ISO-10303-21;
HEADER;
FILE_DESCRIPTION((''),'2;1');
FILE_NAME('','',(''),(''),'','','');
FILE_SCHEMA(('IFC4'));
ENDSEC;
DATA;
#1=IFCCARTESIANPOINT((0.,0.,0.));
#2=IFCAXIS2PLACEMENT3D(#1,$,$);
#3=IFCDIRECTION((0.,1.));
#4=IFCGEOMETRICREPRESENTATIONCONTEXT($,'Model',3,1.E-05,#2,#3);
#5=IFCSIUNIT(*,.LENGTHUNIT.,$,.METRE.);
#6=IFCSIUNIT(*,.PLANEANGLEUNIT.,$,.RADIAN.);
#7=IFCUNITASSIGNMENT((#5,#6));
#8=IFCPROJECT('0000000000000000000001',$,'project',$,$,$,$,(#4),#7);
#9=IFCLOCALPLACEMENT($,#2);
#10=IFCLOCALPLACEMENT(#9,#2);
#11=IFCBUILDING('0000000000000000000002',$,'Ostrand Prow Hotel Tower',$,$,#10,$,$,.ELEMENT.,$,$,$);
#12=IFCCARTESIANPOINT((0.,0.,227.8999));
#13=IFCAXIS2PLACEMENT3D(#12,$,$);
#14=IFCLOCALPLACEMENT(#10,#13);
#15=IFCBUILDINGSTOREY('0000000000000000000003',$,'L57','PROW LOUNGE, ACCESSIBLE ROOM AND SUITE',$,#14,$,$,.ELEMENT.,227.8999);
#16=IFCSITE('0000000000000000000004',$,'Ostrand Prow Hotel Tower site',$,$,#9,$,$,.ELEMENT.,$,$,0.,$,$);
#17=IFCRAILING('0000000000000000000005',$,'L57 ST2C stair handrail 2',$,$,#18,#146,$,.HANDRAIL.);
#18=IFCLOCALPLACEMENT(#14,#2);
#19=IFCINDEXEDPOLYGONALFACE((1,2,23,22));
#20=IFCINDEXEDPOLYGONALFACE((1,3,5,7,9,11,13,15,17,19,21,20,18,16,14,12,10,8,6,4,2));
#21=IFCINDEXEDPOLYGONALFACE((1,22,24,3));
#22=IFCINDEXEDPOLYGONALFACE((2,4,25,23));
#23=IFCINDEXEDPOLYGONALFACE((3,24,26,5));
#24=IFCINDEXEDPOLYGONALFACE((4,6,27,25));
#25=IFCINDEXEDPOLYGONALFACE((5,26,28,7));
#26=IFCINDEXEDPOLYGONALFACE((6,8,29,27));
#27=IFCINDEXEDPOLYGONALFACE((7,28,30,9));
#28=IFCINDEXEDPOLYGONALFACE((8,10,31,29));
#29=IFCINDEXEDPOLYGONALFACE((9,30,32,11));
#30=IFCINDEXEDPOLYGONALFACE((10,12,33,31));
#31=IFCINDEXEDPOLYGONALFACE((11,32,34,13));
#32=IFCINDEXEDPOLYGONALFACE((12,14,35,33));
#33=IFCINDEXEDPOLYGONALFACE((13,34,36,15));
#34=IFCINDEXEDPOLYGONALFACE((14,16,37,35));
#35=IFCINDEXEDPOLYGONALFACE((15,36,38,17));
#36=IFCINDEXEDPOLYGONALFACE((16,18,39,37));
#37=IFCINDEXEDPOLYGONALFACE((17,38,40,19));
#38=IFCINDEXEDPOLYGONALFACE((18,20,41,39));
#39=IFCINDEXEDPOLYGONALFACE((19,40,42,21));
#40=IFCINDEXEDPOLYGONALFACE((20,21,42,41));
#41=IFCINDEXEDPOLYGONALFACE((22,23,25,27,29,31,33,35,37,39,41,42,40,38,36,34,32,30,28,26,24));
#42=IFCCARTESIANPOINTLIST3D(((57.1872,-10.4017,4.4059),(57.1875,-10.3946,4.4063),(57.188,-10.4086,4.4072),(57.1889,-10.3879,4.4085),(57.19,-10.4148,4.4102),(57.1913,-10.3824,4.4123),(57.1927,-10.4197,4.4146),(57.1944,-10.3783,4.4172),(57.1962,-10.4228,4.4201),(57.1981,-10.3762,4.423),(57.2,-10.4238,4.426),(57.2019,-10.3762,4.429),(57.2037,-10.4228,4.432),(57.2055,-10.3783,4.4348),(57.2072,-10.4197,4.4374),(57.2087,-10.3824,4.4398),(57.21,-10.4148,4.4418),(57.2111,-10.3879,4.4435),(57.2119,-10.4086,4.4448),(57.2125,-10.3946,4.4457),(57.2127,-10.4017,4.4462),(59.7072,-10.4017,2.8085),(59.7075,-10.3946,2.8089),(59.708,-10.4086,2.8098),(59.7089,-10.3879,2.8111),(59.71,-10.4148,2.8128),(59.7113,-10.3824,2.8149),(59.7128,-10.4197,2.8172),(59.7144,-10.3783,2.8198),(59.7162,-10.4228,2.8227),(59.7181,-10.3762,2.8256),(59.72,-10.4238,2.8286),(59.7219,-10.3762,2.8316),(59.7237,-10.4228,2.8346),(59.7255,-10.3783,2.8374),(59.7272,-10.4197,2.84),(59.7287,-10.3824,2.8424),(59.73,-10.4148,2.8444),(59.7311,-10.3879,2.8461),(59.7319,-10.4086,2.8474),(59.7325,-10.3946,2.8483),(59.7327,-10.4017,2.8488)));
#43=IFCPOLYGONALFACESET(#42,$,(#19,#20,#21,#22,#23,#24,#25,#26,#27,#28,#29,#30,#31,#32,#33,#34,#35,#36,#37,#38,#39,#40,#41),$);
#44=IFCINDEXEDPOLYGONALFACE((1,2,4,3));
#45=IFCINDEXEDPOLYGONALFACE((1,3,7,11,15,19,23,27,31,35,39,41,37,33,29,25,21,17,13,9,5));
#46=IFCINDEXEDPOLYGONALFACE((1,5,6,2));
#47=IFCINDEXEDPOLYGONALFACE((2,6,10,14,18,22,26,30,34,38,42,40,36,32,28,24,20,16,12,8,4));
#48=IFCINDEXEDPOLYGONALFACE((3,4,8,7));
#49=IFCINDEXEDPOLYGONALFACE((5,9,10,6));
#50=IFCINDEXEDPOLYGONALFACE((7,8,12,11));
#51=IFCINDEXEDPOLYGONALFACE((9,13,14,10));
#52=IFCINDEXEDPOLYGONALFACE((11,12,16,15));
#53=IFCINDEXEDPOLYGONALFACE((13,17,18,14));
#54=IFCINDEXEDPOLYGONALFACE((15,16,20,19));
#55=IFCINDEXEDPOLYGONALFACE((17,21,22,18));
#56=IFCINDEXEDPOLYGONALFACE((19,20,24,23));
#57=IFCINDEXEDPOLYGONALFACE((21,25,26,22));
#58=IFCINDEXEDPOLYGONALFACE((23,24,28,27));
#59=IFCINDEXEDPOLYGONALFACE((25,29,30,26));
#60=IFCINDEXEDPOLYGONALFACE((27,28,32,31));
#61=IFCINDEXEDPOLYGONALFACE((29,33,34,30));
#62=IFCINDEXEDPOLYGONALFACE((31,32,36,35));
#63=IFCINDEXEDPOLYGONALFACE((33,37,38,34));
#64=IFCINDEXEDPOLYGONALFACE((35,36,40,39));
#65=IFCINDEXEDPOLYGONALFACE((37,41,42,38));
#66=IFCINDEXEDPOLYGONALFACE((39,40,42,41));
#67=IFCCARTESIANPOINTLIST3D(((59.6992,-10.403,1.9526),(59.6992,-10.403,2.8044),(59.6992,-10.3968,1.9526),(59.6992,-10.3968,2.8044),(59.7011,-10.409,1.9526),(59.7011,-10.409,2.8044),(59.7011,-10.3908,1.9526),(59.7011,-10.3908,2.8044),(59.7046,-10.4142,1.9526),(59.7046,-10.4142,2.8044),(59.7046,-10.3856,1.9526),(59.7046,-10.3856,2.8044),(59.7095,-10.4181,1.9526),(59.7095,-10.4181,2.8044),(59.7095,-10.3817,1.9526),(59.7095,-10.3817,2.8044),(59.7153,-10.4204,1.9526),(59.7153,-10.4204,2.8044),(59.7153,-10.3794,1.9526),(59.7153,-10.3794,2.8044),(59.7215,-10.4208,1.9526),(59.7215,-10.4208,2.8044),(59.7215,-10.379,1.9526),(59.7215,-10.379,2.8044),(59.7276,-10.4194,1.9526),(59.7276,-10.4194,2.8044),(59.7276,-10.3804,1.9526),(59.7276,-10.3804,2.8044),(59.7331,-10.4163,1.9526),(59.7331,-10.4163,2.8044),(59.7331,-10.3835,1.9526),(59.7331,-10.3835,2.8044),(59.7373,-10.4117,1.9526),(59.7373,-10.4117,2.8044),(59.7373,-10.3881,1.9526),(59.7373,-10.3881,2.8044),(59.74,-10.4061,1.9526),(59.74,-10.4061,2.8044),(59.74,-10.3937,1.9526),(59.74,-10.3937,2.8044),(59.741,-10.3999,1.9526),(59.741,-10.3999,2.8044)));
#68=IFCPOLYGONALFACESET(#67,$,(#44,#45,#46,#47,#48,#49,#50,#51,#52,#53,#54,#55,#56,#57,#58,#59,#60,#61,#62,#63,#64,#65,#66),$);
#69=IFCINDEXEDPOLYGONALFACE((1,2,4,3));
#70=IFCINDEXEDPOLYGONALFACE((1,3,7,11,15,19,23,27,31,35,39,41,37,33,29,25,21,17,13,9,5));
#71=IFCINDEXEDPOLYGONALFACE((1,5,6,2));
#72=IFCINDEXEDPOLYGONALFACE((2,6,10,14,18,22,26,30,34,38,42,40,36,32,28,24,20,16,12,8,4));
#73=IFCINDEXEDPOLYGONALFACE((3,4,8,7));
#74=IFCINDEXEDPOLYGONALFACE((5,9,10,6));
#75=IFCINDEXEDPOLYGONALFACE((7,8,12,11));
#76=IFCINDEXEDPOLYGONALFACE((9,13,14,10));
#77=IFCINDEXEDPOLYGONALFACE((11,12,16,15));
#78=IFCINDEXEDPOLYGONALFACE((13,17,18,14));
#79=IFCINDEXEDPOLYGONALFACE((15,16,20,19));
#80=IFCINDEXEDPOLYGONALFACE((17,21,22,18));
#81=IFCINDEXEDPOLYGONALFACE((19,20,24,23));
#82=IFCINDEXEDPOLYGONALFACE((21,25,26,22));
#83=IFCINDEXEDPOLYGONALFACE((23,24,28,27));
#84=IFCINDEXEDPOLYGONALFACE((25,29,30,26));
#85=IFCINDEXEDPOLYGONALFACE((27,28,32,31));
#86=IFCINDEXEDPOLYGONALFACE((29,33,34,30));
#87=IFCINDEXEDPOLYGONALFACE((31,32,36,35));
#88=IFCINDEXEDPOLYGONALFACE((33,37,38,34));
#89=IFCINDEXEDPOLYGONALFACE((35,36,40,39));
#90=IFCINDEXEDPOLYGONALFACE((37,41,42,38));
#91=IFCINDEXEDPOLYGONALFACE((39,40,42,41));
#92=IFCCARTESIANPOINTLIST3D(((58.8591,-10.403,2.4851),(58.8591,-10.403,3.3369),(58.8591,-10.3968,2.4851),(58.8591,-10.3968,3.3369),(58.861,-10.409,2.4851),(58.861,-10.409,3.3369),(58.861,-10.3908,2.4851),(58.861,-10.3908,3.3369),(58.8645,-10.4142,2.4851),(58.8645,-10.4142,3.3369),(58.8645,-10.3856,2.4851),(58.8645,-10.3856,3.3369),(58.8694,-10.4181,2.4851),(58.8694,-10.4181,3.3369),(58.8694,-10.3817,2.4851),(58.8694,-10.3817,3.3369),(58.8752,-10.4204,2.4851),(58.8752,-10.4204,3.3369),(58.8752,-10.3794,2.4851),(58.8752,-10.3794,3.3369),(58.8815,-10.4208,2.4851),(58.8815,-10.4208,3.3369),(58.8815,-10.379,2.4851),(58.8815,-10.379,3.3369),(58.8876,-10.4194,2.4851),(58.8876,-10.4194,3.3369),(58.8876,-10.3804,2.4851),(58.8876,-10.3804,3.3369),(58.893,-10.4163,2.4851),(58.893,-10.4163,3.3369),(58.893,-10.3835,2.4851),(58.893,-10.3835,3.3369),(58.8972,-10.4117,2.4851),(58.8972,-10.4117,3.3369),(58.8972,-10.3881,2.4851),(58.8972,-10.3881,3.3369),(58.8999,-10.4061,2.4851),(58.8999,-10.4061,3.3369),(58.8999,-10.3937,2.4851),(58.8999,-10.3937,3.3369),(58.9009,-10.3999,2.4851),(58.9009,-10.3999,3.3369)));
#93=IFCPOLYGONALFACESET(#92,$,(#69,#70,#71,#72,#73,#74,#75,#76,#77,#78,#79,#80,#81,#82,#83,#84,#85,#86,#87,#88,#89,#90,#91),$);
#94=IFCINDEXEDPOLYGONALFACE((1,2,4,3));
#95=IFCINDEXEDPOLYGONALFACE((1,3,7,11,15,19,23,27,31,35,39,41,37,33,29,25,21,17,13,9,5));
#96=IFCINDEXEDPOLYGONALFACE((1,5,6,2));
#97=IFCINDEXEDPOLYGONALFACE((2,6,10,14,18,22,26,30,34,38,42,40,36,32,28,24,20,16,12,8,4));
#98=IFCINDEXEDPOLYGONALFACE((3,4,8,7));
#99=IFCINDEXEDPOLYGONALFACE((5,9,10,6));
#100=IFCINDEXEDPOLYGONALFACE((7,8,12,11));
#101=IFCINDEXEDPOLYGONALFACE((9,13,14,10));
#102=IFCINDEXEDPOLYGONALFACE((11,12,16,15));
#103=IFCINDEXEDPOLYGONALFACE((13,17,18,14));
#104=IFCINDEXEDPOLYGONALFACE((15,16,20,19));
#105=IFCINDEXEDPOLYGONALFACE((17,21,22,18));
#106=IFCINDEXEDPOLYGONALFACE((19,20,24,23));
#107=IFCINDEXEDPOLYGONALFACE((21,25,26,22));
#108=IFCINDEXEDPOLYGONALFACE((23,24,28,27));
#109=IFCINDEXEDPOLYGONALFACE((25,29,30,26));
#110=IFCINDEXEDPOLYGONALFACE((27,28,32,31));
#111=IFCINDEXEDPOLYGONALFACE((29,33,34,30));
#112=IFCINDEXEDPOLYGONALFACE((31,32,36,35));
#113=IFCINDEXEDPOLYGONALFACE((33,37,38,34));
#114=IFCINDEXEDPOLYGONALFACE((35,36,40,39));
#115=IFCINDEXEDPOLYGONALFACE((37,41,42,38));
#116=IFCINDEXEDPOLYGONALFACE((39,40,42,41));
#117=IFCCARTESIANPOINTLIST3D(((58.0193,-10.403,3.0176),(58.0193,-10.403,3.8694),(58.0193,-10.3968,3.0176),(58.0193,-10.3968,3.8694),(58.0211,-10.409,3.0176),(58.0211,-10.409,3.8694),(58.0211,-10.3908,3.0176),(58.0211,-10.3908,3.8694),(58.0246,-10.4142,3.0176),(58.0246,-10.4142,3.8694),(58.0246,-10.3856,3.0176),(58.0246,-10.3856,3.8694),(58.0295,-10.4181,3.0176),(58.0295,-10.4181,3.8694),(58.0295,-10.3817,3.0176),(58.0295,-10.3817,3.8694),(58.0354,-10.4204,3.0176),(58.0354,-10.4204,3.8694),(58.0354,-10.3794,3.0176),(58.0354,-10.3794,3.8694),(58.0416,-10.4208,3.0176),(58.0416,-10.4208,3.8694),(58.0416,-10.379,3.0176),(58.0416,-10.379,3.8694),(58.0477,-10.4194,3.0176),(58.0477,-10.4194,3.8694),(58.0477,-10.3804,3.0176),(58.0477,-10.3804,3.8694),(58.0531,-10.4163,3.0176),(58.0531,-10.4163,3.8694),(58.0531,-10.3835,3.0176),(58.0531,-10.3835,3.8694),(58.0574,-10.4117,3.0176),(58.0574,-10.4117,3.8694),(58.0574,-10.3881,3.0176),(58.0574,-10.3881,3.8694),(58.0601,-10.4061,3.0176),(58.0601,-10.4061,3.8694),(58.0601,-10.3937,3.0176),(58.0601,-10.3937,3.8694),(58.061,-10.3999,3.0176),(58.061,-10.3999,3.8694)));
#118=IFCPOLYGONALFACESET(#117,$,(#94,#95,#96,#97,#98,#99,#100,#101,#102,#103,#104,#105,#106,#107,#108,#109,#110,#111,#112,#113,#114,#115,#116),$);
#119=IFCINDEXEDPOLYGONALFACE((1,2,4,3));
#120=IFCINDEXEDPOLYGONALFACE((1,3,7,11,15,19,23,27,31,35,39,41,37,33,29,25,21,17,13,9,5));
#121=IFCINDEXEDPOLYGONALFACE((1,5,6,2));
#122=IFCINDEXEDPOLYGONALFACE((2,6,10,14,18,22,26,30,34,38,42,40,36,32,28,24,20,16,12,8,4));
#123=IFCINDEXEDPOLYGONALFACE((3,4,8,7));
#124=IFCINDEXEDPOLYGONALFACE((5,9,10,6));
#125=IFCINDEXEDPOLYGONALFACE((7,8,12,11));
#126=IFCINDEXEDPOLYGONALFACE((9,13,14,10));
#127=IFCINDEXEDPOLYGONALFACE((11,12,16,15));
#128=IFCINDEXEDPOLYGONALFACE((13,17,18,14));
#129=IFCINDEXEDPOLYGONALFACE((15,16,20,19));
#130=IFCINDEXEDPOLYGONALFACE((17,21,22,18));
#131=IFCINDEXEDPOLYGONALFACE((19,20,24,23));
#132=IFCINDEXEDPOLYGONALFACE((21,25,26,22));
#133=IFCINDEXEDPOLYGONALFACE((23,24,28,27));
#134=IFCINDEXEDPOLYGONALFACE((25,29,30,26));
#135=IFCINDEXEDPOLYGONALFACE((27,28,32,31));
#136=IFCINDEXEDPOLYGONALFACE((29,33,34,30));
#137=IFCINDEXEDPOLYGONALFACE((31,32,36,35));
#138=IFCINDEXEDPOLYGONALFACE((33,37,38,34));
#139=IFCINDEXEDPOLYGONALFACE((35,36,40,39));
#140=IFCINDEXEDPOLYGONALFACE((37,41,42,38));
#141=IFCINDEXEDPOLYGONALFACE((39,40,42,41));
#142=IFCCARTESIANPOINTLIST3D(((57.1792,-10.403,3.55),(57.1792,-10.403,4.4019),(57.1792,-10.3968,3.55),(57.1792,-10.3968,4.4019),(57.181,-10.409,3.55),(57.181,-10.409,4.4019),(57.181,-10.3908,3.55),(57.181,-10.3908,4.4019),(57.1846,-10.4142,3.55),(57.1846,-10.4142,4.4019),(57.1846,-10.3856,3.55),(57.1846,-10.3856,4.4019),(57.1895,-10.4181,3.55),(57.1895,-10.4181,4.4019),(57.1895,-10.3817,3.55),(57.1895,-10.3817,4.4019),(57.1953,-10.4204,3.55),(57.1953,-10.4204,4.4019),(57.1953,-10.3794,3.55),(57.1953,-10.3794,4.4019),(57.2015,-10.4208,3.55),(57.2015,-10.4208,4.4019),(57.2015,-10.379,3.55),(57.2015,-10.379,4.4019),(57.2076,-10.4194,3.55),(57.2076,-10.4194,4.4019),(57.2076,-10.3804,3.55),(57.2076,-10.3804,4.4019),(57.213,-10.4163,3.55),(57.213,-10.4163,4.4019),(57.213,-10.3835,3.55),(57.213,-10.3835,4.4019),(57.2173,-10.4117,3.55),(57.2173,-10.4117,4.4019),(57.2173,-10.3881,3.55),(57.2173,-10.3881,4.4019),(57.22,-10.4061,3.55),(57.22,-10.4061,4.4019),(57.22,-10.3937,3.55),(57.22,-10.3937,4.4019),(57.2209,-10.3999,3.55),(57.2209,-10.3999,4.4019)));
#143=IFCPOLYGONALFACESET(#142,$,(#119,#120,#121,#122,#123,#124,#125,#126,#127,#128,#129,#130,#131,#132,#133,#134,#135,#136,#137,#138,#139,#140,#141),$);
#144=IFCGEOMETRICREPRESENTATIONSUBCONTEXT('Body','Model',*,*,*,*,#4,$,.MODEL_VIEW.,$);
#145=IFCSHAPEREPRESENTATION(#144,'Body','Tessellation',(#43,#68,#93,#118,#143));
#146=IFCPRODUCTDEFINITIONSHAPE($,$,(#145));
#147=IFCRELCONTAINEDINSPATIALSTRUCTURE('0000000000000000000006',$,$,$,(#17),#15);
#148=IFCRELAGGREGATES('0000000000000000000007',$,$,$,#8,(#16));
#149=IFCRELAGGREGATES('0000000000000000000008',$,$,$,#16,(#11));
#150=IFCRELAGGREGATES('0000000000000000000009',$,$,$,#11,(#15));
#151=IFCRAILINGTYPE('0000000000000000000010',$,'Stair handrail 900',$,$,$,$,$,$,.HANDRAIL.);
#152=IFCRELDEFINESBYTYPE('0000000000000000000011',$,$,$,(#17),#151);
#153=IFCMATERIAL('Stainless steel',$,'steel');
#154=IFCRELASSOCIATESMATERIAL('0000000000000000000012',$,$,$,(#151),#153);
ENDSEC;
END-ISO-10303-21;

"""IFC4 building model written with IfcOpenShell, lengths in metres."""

from ifc_helpers import new_model, si_unit, direction, frame, origin, origin_2d, place, context, subcontext, project, spatial, circle, extrude, material, type_object, element, save


model = new_model("IFC4")

# Units and contexts
model_context = context("Model", 3, precision=1e-05, world=origin(), true_north=direction((0.0, 1.0)))
body_context = subcontext(model_context, "Body", "Model", "MODEL_VIEW")
ifc_project = project(units=[si_unit("LENGTHUNIT", "METRE"), si_unit("PLANEANGLEUNIT", "RADIAN")], contexts=[model_context])

# Site, building, storey
site_placement = place(None, origin())
site = spatial("IfcSite", under=ifc_project, at=site_placement, Name="Ostrand Prow Hotel Tower site", CompositionType="ELEMENT", RefElevation=0.0)
building_placement = place(site_placement, origin())
building = spatial("IfcBuilding", under=site, at=building_placement, Name="Ostrand Prow Hotel Tower", CompositionType="ELEMENT")
storey_placement = place(building_placement, frame((0.0, 0.0, 227.8999)))
storey = spatial("IfcBuildingStorey", under=building, at=storey_placement, Name="L57", Description="PROW LOUNGE, ACCESSIBLE ROOM AND SUITE", CompositionType="ELEMENT", Elevation=227.8999)

# Railing
ifc_material_1 = material(Name="Stainless steel", Category="steel")
railing_type_1 = type_object("IfcRailingType", Name="Stair handrail 900", PredefinedType="HANDRAIL", material=ifc_material_1)
railing_1_placement = place(storey_placement, frame((59.72, -10.3999, 1.9526)))
element("IfcRailing", 1, at=railing_1_placement, inside=storey, type_object=railing_type_1, Name="L57 ST2C stair handrail 2", PredefinedType="HANDRAIL", context=body_context, shape_type="SweptSolid", body=[
    extrude(circle(Radius=0.0239, at=origin_2d()), frame((0.0, 0.0, 0.876), z_axis=(-0.844607, 0.0, 0.535387), x_axis=(0.0, -1.0, 0.0)), (0.0, 0.0, 1.0), 2.9836),
    extrude(circle(Radius=0.021, at=origin_2d()), origin(), (0.0, 0.0, 1.0), 0.8518),
    extrude(circle(Radius=0.021, at=origin_2d()), frame((-0.8401, 0.0, 0.5325)), (0.0, 0.0, 1.0), 0.8518),
    extrude(circle(Radius=0.021, at=origin_2d()), frame((-1.6799, 0.0, 1.0649)), (0.0, 0.0, 1.0), 0.8518),
    extrude(circle(Radius=0.021, at=origin_2d()), frame((-2.52, 0.0, 1.5974)), (0.0, 0.0, 1.0), 0.8518),
])

save(model, "model.ifc")
